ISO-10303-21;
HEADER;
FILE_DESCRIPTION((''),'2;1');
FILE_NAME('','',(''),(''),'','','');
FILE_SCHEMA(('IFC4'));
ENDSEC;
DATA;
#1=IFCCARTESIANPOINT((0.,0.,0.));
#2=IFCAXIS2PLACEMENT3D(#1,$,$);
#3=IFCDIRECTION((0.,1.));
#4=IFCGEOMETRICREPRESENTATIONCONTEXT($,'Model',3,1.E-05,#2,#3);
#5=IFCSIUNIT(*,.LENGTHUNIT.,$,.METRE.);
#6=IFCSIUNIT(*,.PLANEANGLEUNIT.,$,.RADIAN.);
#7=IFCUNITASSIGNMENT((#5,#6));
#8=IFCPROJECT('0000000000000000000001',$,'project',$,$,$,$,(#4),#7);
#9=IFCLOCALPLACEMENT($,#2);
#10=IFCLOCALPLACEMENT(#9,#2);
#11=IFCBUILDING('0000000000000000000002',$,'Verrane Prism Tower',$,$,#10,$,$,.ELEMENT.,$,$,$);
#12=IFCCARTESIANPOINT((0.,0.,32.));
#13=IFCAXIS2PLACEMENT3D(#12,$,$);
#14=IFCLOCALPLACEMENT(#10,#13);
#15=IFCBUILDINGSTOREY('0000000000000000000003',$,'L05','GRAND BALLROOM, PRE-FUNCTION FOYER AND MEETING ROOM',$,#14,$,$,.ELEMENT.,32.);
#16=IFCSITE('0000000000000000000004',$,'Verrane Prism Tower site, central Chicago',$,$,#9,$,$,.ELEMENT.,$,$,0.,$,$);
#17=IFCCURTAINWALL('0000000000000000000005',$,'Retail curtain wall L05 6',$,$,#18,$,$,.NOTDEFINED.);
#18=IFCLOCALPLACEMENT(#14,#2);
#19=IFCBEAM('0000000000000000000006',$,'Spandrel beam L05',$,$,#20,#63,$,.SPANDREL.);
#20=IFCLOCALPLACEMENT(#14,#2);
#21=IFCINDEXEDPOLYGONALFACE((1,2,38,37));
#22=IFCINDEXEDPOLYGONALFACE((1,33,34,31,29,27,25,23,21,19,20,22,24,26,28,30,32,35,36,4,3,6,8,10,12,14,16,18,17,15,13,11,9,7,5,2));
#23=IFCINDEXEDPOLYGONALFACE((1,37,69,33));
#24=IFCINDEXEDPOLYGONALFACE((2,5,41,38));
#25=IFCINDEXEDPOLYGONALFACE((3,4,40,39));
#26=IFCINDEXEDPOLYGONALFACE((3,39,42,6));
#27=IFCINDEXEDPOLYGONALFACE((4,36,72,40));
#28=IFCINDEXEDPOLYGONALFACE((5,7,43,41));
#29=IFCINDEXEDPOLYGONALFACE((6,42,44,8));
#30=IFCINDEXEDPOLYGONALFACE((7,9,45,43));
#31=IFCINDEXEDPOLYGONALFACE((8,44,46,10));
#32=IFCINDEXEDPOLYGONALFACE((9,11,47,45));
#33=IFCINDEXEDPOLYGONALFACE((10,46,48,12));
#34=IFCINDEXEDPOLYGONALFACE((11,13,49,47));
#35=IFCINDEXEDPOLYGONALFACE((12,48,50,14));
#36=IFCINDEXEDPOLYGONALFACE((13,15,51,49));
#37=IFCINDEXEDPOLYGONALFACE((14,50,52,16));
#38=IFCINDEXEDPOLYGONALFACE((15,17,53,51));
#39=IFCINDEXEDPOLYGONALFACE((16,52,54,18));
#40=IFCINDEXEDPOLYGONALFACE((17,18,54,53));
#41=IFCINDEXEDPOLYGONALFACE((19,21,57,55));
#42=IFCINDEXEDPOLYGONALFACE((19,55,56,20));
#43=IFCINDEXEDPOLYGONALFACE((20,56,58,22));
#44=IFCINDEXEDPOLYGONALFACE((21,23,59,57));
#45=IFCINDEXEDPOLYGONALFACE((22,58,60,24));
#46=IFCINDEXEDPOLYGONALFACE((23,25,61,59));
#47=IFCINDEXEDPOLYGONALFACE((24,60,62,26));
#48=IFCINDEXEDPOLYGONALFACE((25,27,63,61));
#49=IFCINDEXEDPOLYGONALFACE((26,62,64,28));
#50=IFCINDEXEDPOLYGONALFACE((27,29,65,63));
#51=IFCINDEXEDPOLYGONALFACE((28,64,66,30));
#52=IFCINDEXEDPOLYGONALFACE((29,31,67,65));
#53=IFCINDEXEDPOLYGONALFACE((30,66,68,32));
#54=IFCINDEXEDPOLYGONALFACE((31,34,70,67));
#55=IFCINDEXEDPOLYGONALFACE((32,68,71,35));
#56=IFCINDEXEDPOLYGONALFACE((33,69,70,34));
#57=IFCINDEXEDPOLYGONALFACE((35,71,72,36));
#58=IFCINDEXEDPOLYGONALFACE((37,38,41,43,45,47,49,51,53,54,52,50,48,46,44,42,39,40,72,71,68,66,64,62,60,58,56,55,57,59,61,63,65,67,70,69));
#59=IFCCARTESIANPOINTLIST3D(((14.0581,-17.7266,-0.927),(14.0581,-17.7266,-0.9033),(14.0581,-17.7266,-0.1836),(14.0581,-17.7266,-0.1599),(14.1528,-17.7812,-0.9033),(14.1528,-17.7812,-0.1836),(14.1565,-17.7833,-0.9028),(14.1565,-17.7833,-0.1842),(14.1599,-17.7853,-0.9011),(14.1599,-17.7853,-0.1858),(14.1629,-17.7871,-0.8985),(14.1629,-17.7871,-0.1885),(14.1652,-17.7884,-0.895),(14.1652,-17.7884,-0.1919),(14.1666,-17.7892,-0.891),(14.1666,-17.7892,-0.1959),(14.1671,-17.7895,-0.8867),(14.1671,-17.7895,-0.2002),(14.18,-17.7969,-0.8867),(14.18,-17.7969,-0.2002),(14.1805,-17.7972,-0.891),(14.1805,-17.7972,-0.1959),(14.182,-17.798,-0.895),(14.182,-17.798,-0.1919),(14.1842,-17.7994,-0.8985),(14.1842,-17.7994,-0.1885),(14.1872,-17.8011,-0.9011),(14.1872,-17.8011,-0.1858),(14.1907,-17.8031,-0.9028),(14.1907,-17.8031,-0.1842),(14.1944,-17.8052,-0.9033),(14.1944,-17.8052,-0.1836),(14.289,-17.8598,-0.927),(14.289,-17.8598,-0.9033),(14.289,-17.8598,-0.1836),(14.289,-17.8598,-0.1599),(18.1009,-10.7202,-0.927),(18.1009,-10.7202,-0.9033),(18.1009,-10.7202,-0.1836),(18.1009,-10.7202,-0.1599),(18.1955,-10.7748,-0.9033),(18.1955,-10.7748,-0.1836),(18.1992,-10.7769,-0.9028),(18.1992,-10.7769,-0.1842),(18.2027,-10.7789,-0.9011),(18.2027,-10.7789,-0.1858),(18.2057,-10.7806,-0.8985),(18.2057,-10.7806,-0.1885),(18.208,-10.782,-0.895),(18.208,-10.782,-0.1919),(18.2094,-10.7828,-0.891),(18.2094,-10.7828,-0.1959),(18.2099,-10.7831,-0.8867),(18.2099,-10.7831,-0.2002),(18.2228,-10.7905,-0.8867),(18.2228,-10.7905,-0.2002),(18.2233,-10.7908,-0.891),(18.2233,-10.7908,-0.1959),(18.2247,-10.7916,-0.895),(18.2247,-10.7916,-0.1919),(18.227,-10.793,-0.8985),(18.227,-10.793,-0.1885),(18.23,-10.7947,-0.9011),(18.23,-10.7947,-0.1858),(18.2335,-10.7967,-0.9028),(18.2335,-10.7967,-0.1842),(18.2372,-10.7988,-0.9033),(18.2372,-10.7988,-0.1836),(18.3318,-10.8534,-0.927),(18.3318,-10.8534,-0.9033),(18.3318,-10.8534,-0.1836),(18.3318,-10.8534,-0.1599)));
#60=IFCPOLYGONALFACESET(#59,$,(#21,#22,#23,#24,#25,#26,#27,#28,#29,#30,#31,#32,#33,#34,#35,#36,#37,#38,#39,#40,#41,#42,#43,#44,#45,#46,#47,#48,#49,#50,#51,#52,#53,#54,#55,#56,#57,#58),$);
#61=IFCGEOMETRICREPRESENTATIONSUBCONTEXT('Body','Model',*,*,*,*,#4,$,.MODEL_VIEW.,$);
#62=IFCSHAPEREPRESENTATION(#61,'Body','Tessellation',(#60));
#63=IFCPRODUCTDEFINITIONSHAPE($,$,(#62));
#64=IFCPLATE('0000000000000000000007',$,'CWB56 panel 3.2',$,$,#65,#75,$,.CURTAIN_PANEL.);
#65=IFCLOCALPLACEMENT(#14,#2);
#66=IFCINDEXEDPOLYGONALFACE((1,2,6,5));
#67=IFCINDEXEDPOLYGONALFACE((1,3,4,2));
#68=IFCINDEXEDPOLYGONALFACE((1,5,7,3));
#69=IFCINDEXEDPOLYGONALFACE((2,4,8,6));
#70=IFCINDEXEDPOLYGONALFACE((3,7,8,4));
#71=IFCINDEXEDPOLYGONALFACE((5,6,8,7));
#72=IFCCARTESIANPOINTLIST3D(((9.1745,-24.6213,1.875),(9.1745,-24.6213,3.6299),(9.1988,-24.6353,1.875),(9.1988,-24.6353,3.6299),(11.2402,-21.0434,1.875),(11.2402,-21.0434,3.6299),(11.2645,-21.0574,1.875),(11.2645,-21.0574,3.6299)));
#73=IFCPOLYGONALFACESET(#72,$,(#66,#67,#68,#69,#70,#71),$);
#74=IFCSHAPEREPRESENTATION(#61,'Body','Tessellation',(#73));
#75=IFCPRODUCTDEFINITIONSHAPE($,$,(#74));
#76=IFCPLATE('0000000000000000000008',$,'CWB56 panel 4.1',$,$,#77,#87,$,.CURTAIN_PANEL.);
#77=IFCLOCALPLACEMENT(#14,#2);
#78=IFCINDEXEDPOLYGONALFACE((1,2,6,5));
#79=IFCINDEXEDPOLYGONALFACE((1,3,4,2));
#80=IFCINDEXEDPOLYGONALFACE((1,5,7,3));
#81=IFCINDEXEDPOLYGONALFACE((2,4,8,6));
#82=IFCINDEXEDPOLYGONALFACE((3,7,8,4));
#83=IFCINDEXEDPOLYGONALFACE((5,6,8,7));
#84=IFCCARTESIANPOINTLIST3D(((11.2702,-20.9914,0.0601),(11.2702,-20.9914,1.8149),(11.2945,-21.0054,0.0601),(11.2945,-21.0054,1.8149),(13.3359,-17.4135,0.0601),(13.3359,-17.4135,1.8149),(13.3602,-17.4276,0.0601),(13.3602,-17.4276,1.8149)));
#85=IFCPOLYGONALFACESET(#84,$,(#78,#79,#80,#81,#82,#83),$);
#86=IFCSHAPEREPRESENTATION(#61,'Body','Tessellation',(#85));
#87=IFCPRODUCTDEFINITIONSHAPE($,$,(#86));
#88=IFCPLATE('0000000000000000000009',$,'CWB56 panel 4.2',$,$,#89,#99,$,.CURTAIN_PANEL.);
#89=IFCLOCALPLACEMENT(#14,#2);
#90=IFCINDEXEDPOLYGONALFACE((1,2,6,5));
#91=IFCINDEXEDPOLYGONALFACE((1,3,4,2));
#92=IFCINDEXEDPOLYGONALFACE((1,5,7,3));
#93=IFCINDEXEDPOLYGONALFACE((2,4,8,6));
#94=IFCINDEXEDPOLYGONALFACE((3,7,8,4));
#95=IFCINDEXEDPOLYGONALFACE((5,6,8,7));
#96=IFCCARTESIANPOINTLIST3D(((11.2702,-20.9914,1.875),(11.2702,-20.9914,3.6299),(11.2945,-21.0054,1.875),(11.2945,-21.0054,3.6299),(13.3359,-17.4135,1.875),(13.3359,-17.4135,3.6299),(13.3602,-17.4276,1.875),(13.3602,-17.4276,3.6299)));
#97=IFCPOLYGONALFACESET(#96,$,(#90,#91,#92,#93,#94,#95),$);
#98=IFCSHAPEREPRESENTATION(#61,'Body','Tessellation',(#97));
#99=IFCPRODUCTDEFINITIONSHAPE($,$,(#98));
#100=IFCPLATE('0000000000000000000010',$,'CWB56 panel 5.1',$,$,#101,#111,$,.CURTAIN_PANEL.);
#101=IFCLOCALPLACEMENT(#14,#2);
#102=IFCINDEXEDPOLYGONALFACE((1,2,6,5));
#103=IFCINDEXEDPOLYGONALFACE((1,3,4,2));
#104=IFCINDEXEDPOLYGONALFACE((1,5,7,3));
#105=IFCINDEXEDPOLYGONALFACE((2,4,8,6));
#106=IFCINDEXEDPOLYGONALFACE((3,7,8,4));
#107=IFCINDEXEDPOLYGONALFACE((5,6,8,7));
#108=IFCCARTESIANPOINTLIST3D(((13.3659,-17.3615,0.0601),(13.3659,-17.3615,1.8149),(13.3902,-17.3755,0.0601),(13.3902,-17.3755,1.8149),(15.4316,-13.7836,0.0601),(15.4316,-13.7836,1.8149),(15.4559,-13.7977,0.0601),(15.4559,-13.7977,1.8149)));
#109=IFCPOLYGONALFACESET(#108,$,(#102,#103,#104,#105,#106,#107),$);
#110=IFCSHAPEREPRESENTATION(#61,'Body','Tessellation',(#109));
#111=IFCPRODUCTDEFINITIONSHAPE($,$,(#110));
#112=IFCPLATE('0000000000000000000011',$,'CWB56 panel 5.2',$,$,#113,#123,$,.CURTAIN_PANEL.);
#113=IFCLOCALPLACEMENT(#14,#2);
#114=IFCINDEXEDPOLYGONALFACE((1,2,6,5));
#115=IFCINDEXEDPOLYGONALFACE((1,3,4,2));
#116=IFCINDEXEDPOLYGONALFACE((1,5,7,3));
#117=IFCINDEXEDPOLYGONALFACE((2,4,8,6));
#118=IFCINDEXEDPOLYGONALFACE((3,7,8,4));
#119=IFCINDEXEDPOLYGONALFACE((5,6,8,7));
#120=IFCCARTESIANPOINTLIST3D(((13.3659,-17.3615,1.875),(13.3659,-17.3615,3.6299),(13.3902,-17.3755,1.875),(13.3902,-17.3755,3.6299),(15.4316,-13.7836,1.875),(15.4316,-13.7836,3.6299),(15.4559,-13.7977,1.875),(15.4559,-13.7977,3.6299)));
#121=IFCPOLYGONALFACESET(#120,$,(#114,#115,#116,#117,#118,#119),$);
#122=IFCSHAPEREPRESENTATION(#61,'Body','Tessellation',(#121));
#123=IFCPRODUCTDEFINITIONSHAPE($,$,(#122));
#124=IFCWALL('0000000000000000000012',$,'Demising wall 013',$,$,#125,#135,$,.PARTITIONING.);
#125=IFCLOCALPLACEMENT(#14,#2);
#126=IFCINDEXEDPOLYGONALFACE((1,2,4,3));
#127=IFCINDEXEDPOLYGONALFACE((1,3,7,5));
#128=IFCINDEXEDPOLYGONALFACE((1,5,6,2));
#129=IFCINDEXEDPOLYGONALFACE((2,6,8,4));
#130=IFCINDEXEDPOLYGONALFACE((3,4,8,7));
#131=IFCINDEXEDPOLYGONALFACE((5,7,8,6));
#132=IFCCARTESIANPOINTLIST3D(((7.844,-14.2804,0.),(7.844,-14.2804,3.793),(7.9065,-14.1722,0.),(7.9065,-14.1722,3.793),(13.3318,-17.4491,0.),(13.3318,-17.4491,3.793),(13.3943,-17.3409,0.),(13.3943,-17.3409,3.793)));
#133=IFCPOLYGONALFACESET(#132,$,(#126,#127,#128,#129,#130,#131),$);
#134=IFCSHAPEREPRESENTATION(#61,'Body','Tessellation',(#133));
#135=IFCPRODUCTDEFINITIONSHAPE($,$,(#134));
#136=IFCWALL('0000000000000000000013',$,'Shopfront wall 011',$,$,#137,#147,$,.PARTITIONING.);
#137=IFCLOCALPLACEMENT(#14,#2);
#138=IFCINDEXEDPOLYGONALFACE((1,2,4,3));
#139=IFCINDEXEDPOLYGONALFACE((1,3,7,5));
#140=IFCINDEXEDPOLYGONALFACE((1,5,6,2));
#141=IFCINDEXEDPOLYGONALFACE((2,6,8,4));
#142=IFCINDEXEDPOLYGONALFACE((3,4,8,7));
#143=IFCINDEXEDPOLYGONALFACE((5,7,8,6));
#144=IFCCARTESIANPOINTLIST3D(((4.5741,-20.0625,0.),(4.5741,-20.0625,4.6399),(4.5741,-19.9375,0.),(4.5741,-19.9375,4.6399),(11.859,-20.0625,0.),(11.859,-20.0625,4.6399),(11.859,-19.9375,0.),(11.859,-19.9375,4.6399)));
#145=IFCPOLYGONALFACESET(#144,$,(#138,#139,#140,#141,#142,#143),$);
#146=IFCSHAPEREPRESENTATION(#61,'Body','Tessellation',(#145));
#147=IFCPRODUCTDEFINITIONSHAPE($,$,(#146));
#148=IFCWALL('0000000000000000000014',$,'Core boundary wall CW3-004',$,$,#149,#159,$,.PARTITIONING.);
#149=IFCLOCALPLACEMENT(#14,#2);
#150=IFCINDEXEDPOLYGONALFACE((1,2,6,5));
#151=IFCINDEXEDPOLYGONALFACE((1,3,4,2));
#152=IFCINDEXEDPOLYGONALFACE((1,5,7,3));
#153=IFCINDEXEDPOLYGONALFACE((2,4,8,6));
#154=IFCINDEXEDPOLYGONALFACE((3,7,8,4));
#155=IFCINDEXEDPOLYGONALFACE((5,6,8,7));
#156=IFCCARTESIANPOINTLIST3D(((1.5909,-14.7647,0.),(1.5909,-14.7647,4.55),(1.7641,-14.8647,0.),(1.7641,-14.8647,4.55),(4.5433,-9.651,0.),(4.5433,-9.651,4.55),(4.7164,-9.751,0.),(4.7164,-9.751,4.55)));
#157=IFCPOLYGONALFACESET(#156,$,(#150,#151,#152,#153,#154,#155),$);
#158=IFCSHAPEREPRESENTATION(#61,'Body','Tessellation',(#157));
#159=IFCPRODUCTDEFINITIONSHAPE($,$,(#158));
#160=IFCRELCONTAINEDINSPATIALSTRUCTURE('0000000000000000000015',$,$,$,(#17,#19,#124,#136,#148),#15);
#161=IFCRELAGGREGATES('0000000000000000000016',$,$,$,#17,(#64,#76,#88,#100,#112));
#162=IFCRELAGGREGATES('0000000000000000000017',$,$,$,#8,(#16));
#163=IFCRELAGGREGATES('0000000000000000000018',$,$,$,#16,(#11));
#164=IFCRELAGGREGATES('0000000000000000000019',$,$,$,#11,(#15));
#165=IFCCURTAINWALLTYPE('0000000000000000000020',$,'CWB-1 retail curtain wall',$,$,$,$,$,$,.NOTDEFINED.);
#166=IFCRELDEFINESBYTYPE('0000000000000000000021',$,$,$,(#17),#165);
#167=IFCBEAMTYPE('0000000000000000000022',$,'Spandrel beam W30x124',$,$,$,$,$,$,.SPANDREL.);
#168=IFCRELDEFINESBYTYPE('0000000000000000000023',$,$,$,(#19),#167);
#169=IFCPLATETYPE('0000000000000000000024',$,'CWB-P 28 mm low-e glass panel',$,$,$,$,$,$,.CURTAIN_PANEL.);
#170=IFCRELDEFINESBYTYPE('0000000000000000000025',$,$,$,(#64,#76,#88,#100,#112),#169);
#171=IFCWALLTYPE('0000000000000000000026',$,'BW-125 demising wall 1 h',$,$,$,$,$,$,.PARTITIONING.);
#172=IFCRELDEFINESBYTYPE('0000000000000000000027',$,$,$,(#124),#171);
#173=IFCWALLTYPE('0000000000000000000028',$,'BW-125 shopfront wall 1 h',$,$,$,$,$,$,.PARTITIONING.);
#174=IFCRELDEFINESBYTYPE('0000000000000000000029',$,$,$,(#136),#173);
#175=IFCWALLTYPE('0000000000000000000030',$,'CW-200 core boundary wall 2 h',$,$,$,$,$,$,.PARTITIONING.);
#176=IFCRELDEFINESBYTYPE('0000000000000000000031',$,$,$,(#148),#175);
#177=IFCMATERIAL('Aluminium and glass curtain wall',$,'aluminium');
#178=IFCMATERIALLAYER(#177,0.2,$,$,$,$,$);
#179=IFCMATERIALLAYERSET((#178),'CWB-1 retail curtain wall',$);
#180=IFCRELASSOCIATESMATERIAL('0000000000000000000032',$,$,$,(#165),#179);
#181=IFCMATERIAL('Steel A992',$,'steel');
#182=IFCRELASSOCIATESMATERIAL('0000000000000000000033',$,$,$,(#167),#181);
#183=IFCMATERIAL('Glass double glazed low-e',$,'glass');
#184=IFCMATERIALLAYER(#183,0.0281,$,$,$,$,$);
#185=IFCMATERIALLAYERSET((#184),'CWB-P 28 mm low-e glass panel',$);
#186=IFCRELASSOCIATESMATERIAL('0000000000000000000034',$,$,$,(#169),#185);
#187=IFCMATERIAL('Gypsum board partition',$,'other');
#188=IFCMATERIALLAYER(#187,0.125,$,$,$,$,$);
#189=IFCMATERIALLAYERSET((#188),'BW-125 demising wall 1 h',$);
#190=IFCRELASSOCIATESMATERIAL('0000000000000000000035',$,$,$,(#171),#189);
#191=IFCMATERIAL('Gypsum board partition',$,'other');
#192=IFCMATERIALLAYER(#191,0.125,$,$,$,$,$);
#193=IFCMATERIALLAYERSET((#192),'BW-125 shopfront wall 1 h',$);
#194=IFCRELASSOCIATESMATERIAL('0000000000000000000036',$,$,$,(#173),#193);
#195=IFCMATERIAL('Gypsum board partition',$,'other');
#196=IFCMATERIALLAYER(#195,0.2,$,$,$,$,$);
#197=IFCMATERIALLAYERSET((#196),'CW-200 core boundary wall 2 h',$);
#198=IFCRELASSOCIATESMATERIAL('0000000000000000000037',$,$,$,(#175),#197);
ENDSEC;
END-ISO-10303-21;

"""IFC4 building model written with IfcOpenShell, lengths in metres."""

from ifc_helpers import new_model, si_unit, direction, frame, frame_2d, origin, origin_2d, place, context, subcontext, project, spatial, rectangle, i_section, extrude, material, layer, layer_set, material_profile, profile_set, type_object, element, aggregate, save


model = new_model("IFC4")

# Units and contexts
model_context = context("Model", 3, precision=1e-05, world=origin(), true_north=direction((0.0, 1.0)))
body_context = subcontext(model_context, "Body", "Model", "MODEL_VIEW")
ifc_project = project(units=[si_unit("LENGTHUNIT", "METRE"), si_unit("PLANEANGLEUNIT", "RADIAN")], contexts=[model_context])

# Site, building, storey
site_placement = place(None, origin())
site = spatial("IfcSite", under=ifc_project, at=site_placement, Name="Verrane Prism Tower site, central Chicago", CompositionType="ELEMENT", RefElevation=0.0)
building_placement = place(site_placement, origin())
building = spatial("IfcBuilding", under=site, at=building_placement, Name="Verrane Prism Tower", CompositionType="ELEMENT")
storey_placement = place(building_placement, frame((0.0, 0.0, 32.0)))
storey = spatial("IfcBuildingStorey", under=building, at=storey_placement, Name="L05", Description="GRAND BALLROOM, PRE-FUNCTION FOYER AND MEETING ROOM", CompositionType="ELEMENT", Elevation=32.0)

# Curtain wall
ifc_material_1 = material(Name="Aluminium and glass curtain wall", Category="aluminium")
ifc_layer_1 = layer(ifc_material_1, 0.2)
ifc_layer_set_1 = layer_set([ifc_layer_1], Name="CWB-1 retail curtain wall")
curtain_wall_type = type_object("IfcCurtainWallType", Name="CWB-1 retail curtain wall", PredefinedType="NOTDEFINED", material=ifc_layer_set_1)
curtain_wall_placement = place(storey_placement, origin())
curtain_wall = element("IfcCurtainWall", 1, at=curtain_wall_placement, inside=storey, type_object=curtain_wall_type, Name="Retail curtain wall L05 6", PredefinedType="NOTDEFINED")

# Beam
ifc_material_2 = material(Name="Steel A992", Category="steel")
ifc_material_profile_1 = material_profile(ifc_material_2, i_section(OverallWidth=0.2666, OverallDepth=0.7671, WebThickness=0.0149, FlangeThickness=0.0237, FilletRadius=0.0166, at=origin_2d()), Name="W30x124")
ifc_profile_set_1 = profile_set([ifc_material_profile_1], Name="Steel A992")
beam_type_1 = type_object("IfcBeamType", Name="Spandrel beam W30x124", PredefinedType="SPANDREL", material=ifc_profile_set_1)
beam_1_placement = place(storey_placement, frame((14.1736, -17.7932, -0.5435), z_axis=(0.499778, 0.866153, 0.0), x_axis=(-0.866153, 0.499778, 0.0)))
element("IfcBeam", 2, at=beam_1_placement, inside=storey, type_object=beam_type_1, Name="Spandrel beam L05", PredefinedType="SPANDREL", context=body_context, shape_type="SweptSolid", body=[
    extrude(i_section(OverallWidth=0.2666, OverallDepth=0.7671, WebThickness=0.0149, FlangeThickness=0.0237, FilletRadius=0.0166, at=origin_2d()), origin(), (0.0, 0.0, 1.0), 8.0891),
])

# Plates
ifc_material_3 = material(Name="Glass double glazed low-e", Category="glass")
ifc_layer_2 = layer(ifc_material_3, 0.0281)
ifc_layer_set_2 = layer_set([ifc_layer_2], Name="CWB-P 28 mm low-e glass panel")
plate_type = type_object("IfcPlateType", Name="CWB-P 28 mm low-e glass panel", PredefinedType="CURTAIN_PANEL", material=ifc_layer_set_2)
plate_1_placement = place(storey_placement, frame((10.2195, -22.8394, 1.875), z_axis=(0.0, 0.0, 1.0), x_axis=(0.5, 0.866025, 0.0)))
plate_1 = element("IfcPlate", 3, at=plate_1_placement, type_object=plate_type, Name="CWB56 panel 3.2", PredefinedType="CURTAIN_PANEL", context=body_context, shape_type="SweptSolid", body=[
    extrude(rectangle(XDim=4.1313, YDim=0.0281, at=origin_2d()), origin(), (0.0, 0.0, 1.0), 1.7549),
])
plate_2_placement = place(storey_placement, frame((12.3152, -19.2095, 0.0601), z_axis=(0.0, 0.0, 1.0), x_axis=(0.5, 0.866025, 0.0)))
plate_2 = element("IfcPlate", 4, at=plate_2_placement, type_object=plate_type, Name="CWB56 panel 4.1", PredefinedType="CURTAIN_PANEL", context=body_context, shape_type="SweptSolid", body=[
    extrude(rectangle(XDim=4.1313, YDim=0.0281, at=origin_2d()), origin(), (0.0, 0.0, 1.0), 1.7549),
])
plate_3_placement = place(storey_placement, frame((12.3152, -19.2095, 1.875), z_axis=(0.0, 0.0, 1.0), x_axis=(0.5, 0.866025, 0.0)))
plate_3 = element("IfcPlate", 5, at=plate_3_placement, type_object=plate_type, Name="CWB56 panel 4.2", PredefinedType="CURTAIN_PANEL", context=body_context, shape_type="SweptSolid", body=[
    extrude(rectangle(XDim=4.1313, YDim=0.0281, at=origin_2d()), origin(), (0.0, 0.0, 1.0), 1.7549),
])
plate_4_placement = place(storey_placement, frame((14.4109, -15.5796, 0.0601), z_axis=(0.0, 0.0, 1.0), x_axis=(0.5, 0.866025, 0.0)))
plate_4 = element("IfcPlate", 6, at=plate_4_placement, type_object=plate_type, Name="CWB56 panel 5.1", PredefinedType="CURTAIN_PANEL", context=body_context, shape_type="SweptSolid", body=[
    extrude(rectangle(XDim=4.1313, YDim=0.0281, at=origin_2d()), origin(), (0.0, 0.0, 1.0), 1.7549),
])
plate_5_placement = place(storey_placement, frame((14.4109, -15.5796, 1.875), z_axis=(0.0, 0.0, 1.0), x_axis=(0.5, 0.866025, 0.0)))
plate_5 = element("IfcPlate", 7, at=plate_5_placement, type_object=plate_type, Name="CWB56 panel 5.2", PredefinedType="CURTAIN_PANEL", context=body_context, shape_type="SweptSolid", body=[
    extrude(rectangle(XDim=4.1313, YDim=0.0281, at=origin_2d()), origin(), (0.0, 0.0, 1.0), 1.7549),
])
aggregate(curtain_wall, [plate_1, plate_2, plate_3, plate_4, plate_5])

# Walls
ifc_material_4 = material(Name="Gypsum board partition", Category="other")
ifc_layer_3 = layer(ifc_material_4, 0.125)
ifc_layer_set_3 = layer_set([ifc_layer_3], Name="BW-125 demising wall 1 h")
wall_type_1 = type_object("IfcWallType", Name="BW-125 demising wall 1 h", PredefinedType="PARTITIONING", material=ifc_layer_set_3)
wall_1_placement = place(storey_placement, frame((7.8752, -14.2263, 0.0), z_axis=(0.0, 0.0, 1.0), x_axis=(0.866003, -0.500038, 0.0)))
element("IfcWall", 8, at=wall_1_placement, inside=storey, type_object=wall_type_1, Name="Demising wall 013", PredefinedType="PARTITIONING", context=body_context, shape_type="SweptSolid", body=[
    extrude(rectangle(XDim=6.3369, YDim=0.125, at=frame_2d((3.1685, 0.0))), origin(), (0.0, 0.0, 1.0), 3.793),
])
ifc_material_5 = material(Name="Gypsum board partition", Category="other")
ifc_layer_4 = layer(ifc_material_5, 0.125)
ifc_layer_set_4 = layer_set([ifc_layer_4], Name="BW-125 shopfront wall 1 h")
wall_type_2 = type_object("IfcWallType", Name="BW-125 shopfront wall 1 h", PredefinedType="PARTITIONING", material=ifc_layer_set_4)
wall_2_placement = place(storey_placement, frame((4.574, -20.0, 0.0), z_axis=(0.0, 0.0, 1.0), x_axis=(1.0, 0.0, 0.0)))
element("IfcWall", 9, at=wall_2_placement, inside=storey, type_object=wall_type_2, Name="Shopfront wall 011", PredefinedType="PARTITIONING", context=body_context, shape_type="SweptSolid", body=[
    extrude(rectangle(XDim=7.2849, YDim=0.125, at=frame_2d((3.6426, 0.0))), origin(), (0.0, 0.0, 1.0), 4.6399),
])
ifc_material_6 = material(Name="Gypsum board partition", Category="other")
ifc_layer_5 = layer(ifc_material_6, 0.2)
ifc_layer_set_5 = layer_set([ifc_layer_5], Name="CW-200 core boundary wall 2 h")
wall_type_3 = type_object("IfcWallType", Name="CW-200 core boundary wall 2 h", PredefinedType="PARTITIONING", material=ifc_layer_set_5)
wall_3_placement = place(storey_placement, frame((1.6775, -14.8147, 0.0), z_axis=(0.0, 0.0, 1.0), x_axis=(0.499994, 0.866029, 0.0)))
element("IfcWall", 10, at=wall_3_placement, inside=storey, type_object=wall_type_3, Name="Core boundary wall CW3-004", PredefinedType="PARTITIONING", context=body_context, shape_type="SweptSolid", body=[
    extrude(rectangle(XDim=5.9048, YDim=0.2, at=frame_2d((2.9524, 0.0))), origin(), (0.0, 0.0, 1.0), 4.55),
])

save(model, "model.ifc")
